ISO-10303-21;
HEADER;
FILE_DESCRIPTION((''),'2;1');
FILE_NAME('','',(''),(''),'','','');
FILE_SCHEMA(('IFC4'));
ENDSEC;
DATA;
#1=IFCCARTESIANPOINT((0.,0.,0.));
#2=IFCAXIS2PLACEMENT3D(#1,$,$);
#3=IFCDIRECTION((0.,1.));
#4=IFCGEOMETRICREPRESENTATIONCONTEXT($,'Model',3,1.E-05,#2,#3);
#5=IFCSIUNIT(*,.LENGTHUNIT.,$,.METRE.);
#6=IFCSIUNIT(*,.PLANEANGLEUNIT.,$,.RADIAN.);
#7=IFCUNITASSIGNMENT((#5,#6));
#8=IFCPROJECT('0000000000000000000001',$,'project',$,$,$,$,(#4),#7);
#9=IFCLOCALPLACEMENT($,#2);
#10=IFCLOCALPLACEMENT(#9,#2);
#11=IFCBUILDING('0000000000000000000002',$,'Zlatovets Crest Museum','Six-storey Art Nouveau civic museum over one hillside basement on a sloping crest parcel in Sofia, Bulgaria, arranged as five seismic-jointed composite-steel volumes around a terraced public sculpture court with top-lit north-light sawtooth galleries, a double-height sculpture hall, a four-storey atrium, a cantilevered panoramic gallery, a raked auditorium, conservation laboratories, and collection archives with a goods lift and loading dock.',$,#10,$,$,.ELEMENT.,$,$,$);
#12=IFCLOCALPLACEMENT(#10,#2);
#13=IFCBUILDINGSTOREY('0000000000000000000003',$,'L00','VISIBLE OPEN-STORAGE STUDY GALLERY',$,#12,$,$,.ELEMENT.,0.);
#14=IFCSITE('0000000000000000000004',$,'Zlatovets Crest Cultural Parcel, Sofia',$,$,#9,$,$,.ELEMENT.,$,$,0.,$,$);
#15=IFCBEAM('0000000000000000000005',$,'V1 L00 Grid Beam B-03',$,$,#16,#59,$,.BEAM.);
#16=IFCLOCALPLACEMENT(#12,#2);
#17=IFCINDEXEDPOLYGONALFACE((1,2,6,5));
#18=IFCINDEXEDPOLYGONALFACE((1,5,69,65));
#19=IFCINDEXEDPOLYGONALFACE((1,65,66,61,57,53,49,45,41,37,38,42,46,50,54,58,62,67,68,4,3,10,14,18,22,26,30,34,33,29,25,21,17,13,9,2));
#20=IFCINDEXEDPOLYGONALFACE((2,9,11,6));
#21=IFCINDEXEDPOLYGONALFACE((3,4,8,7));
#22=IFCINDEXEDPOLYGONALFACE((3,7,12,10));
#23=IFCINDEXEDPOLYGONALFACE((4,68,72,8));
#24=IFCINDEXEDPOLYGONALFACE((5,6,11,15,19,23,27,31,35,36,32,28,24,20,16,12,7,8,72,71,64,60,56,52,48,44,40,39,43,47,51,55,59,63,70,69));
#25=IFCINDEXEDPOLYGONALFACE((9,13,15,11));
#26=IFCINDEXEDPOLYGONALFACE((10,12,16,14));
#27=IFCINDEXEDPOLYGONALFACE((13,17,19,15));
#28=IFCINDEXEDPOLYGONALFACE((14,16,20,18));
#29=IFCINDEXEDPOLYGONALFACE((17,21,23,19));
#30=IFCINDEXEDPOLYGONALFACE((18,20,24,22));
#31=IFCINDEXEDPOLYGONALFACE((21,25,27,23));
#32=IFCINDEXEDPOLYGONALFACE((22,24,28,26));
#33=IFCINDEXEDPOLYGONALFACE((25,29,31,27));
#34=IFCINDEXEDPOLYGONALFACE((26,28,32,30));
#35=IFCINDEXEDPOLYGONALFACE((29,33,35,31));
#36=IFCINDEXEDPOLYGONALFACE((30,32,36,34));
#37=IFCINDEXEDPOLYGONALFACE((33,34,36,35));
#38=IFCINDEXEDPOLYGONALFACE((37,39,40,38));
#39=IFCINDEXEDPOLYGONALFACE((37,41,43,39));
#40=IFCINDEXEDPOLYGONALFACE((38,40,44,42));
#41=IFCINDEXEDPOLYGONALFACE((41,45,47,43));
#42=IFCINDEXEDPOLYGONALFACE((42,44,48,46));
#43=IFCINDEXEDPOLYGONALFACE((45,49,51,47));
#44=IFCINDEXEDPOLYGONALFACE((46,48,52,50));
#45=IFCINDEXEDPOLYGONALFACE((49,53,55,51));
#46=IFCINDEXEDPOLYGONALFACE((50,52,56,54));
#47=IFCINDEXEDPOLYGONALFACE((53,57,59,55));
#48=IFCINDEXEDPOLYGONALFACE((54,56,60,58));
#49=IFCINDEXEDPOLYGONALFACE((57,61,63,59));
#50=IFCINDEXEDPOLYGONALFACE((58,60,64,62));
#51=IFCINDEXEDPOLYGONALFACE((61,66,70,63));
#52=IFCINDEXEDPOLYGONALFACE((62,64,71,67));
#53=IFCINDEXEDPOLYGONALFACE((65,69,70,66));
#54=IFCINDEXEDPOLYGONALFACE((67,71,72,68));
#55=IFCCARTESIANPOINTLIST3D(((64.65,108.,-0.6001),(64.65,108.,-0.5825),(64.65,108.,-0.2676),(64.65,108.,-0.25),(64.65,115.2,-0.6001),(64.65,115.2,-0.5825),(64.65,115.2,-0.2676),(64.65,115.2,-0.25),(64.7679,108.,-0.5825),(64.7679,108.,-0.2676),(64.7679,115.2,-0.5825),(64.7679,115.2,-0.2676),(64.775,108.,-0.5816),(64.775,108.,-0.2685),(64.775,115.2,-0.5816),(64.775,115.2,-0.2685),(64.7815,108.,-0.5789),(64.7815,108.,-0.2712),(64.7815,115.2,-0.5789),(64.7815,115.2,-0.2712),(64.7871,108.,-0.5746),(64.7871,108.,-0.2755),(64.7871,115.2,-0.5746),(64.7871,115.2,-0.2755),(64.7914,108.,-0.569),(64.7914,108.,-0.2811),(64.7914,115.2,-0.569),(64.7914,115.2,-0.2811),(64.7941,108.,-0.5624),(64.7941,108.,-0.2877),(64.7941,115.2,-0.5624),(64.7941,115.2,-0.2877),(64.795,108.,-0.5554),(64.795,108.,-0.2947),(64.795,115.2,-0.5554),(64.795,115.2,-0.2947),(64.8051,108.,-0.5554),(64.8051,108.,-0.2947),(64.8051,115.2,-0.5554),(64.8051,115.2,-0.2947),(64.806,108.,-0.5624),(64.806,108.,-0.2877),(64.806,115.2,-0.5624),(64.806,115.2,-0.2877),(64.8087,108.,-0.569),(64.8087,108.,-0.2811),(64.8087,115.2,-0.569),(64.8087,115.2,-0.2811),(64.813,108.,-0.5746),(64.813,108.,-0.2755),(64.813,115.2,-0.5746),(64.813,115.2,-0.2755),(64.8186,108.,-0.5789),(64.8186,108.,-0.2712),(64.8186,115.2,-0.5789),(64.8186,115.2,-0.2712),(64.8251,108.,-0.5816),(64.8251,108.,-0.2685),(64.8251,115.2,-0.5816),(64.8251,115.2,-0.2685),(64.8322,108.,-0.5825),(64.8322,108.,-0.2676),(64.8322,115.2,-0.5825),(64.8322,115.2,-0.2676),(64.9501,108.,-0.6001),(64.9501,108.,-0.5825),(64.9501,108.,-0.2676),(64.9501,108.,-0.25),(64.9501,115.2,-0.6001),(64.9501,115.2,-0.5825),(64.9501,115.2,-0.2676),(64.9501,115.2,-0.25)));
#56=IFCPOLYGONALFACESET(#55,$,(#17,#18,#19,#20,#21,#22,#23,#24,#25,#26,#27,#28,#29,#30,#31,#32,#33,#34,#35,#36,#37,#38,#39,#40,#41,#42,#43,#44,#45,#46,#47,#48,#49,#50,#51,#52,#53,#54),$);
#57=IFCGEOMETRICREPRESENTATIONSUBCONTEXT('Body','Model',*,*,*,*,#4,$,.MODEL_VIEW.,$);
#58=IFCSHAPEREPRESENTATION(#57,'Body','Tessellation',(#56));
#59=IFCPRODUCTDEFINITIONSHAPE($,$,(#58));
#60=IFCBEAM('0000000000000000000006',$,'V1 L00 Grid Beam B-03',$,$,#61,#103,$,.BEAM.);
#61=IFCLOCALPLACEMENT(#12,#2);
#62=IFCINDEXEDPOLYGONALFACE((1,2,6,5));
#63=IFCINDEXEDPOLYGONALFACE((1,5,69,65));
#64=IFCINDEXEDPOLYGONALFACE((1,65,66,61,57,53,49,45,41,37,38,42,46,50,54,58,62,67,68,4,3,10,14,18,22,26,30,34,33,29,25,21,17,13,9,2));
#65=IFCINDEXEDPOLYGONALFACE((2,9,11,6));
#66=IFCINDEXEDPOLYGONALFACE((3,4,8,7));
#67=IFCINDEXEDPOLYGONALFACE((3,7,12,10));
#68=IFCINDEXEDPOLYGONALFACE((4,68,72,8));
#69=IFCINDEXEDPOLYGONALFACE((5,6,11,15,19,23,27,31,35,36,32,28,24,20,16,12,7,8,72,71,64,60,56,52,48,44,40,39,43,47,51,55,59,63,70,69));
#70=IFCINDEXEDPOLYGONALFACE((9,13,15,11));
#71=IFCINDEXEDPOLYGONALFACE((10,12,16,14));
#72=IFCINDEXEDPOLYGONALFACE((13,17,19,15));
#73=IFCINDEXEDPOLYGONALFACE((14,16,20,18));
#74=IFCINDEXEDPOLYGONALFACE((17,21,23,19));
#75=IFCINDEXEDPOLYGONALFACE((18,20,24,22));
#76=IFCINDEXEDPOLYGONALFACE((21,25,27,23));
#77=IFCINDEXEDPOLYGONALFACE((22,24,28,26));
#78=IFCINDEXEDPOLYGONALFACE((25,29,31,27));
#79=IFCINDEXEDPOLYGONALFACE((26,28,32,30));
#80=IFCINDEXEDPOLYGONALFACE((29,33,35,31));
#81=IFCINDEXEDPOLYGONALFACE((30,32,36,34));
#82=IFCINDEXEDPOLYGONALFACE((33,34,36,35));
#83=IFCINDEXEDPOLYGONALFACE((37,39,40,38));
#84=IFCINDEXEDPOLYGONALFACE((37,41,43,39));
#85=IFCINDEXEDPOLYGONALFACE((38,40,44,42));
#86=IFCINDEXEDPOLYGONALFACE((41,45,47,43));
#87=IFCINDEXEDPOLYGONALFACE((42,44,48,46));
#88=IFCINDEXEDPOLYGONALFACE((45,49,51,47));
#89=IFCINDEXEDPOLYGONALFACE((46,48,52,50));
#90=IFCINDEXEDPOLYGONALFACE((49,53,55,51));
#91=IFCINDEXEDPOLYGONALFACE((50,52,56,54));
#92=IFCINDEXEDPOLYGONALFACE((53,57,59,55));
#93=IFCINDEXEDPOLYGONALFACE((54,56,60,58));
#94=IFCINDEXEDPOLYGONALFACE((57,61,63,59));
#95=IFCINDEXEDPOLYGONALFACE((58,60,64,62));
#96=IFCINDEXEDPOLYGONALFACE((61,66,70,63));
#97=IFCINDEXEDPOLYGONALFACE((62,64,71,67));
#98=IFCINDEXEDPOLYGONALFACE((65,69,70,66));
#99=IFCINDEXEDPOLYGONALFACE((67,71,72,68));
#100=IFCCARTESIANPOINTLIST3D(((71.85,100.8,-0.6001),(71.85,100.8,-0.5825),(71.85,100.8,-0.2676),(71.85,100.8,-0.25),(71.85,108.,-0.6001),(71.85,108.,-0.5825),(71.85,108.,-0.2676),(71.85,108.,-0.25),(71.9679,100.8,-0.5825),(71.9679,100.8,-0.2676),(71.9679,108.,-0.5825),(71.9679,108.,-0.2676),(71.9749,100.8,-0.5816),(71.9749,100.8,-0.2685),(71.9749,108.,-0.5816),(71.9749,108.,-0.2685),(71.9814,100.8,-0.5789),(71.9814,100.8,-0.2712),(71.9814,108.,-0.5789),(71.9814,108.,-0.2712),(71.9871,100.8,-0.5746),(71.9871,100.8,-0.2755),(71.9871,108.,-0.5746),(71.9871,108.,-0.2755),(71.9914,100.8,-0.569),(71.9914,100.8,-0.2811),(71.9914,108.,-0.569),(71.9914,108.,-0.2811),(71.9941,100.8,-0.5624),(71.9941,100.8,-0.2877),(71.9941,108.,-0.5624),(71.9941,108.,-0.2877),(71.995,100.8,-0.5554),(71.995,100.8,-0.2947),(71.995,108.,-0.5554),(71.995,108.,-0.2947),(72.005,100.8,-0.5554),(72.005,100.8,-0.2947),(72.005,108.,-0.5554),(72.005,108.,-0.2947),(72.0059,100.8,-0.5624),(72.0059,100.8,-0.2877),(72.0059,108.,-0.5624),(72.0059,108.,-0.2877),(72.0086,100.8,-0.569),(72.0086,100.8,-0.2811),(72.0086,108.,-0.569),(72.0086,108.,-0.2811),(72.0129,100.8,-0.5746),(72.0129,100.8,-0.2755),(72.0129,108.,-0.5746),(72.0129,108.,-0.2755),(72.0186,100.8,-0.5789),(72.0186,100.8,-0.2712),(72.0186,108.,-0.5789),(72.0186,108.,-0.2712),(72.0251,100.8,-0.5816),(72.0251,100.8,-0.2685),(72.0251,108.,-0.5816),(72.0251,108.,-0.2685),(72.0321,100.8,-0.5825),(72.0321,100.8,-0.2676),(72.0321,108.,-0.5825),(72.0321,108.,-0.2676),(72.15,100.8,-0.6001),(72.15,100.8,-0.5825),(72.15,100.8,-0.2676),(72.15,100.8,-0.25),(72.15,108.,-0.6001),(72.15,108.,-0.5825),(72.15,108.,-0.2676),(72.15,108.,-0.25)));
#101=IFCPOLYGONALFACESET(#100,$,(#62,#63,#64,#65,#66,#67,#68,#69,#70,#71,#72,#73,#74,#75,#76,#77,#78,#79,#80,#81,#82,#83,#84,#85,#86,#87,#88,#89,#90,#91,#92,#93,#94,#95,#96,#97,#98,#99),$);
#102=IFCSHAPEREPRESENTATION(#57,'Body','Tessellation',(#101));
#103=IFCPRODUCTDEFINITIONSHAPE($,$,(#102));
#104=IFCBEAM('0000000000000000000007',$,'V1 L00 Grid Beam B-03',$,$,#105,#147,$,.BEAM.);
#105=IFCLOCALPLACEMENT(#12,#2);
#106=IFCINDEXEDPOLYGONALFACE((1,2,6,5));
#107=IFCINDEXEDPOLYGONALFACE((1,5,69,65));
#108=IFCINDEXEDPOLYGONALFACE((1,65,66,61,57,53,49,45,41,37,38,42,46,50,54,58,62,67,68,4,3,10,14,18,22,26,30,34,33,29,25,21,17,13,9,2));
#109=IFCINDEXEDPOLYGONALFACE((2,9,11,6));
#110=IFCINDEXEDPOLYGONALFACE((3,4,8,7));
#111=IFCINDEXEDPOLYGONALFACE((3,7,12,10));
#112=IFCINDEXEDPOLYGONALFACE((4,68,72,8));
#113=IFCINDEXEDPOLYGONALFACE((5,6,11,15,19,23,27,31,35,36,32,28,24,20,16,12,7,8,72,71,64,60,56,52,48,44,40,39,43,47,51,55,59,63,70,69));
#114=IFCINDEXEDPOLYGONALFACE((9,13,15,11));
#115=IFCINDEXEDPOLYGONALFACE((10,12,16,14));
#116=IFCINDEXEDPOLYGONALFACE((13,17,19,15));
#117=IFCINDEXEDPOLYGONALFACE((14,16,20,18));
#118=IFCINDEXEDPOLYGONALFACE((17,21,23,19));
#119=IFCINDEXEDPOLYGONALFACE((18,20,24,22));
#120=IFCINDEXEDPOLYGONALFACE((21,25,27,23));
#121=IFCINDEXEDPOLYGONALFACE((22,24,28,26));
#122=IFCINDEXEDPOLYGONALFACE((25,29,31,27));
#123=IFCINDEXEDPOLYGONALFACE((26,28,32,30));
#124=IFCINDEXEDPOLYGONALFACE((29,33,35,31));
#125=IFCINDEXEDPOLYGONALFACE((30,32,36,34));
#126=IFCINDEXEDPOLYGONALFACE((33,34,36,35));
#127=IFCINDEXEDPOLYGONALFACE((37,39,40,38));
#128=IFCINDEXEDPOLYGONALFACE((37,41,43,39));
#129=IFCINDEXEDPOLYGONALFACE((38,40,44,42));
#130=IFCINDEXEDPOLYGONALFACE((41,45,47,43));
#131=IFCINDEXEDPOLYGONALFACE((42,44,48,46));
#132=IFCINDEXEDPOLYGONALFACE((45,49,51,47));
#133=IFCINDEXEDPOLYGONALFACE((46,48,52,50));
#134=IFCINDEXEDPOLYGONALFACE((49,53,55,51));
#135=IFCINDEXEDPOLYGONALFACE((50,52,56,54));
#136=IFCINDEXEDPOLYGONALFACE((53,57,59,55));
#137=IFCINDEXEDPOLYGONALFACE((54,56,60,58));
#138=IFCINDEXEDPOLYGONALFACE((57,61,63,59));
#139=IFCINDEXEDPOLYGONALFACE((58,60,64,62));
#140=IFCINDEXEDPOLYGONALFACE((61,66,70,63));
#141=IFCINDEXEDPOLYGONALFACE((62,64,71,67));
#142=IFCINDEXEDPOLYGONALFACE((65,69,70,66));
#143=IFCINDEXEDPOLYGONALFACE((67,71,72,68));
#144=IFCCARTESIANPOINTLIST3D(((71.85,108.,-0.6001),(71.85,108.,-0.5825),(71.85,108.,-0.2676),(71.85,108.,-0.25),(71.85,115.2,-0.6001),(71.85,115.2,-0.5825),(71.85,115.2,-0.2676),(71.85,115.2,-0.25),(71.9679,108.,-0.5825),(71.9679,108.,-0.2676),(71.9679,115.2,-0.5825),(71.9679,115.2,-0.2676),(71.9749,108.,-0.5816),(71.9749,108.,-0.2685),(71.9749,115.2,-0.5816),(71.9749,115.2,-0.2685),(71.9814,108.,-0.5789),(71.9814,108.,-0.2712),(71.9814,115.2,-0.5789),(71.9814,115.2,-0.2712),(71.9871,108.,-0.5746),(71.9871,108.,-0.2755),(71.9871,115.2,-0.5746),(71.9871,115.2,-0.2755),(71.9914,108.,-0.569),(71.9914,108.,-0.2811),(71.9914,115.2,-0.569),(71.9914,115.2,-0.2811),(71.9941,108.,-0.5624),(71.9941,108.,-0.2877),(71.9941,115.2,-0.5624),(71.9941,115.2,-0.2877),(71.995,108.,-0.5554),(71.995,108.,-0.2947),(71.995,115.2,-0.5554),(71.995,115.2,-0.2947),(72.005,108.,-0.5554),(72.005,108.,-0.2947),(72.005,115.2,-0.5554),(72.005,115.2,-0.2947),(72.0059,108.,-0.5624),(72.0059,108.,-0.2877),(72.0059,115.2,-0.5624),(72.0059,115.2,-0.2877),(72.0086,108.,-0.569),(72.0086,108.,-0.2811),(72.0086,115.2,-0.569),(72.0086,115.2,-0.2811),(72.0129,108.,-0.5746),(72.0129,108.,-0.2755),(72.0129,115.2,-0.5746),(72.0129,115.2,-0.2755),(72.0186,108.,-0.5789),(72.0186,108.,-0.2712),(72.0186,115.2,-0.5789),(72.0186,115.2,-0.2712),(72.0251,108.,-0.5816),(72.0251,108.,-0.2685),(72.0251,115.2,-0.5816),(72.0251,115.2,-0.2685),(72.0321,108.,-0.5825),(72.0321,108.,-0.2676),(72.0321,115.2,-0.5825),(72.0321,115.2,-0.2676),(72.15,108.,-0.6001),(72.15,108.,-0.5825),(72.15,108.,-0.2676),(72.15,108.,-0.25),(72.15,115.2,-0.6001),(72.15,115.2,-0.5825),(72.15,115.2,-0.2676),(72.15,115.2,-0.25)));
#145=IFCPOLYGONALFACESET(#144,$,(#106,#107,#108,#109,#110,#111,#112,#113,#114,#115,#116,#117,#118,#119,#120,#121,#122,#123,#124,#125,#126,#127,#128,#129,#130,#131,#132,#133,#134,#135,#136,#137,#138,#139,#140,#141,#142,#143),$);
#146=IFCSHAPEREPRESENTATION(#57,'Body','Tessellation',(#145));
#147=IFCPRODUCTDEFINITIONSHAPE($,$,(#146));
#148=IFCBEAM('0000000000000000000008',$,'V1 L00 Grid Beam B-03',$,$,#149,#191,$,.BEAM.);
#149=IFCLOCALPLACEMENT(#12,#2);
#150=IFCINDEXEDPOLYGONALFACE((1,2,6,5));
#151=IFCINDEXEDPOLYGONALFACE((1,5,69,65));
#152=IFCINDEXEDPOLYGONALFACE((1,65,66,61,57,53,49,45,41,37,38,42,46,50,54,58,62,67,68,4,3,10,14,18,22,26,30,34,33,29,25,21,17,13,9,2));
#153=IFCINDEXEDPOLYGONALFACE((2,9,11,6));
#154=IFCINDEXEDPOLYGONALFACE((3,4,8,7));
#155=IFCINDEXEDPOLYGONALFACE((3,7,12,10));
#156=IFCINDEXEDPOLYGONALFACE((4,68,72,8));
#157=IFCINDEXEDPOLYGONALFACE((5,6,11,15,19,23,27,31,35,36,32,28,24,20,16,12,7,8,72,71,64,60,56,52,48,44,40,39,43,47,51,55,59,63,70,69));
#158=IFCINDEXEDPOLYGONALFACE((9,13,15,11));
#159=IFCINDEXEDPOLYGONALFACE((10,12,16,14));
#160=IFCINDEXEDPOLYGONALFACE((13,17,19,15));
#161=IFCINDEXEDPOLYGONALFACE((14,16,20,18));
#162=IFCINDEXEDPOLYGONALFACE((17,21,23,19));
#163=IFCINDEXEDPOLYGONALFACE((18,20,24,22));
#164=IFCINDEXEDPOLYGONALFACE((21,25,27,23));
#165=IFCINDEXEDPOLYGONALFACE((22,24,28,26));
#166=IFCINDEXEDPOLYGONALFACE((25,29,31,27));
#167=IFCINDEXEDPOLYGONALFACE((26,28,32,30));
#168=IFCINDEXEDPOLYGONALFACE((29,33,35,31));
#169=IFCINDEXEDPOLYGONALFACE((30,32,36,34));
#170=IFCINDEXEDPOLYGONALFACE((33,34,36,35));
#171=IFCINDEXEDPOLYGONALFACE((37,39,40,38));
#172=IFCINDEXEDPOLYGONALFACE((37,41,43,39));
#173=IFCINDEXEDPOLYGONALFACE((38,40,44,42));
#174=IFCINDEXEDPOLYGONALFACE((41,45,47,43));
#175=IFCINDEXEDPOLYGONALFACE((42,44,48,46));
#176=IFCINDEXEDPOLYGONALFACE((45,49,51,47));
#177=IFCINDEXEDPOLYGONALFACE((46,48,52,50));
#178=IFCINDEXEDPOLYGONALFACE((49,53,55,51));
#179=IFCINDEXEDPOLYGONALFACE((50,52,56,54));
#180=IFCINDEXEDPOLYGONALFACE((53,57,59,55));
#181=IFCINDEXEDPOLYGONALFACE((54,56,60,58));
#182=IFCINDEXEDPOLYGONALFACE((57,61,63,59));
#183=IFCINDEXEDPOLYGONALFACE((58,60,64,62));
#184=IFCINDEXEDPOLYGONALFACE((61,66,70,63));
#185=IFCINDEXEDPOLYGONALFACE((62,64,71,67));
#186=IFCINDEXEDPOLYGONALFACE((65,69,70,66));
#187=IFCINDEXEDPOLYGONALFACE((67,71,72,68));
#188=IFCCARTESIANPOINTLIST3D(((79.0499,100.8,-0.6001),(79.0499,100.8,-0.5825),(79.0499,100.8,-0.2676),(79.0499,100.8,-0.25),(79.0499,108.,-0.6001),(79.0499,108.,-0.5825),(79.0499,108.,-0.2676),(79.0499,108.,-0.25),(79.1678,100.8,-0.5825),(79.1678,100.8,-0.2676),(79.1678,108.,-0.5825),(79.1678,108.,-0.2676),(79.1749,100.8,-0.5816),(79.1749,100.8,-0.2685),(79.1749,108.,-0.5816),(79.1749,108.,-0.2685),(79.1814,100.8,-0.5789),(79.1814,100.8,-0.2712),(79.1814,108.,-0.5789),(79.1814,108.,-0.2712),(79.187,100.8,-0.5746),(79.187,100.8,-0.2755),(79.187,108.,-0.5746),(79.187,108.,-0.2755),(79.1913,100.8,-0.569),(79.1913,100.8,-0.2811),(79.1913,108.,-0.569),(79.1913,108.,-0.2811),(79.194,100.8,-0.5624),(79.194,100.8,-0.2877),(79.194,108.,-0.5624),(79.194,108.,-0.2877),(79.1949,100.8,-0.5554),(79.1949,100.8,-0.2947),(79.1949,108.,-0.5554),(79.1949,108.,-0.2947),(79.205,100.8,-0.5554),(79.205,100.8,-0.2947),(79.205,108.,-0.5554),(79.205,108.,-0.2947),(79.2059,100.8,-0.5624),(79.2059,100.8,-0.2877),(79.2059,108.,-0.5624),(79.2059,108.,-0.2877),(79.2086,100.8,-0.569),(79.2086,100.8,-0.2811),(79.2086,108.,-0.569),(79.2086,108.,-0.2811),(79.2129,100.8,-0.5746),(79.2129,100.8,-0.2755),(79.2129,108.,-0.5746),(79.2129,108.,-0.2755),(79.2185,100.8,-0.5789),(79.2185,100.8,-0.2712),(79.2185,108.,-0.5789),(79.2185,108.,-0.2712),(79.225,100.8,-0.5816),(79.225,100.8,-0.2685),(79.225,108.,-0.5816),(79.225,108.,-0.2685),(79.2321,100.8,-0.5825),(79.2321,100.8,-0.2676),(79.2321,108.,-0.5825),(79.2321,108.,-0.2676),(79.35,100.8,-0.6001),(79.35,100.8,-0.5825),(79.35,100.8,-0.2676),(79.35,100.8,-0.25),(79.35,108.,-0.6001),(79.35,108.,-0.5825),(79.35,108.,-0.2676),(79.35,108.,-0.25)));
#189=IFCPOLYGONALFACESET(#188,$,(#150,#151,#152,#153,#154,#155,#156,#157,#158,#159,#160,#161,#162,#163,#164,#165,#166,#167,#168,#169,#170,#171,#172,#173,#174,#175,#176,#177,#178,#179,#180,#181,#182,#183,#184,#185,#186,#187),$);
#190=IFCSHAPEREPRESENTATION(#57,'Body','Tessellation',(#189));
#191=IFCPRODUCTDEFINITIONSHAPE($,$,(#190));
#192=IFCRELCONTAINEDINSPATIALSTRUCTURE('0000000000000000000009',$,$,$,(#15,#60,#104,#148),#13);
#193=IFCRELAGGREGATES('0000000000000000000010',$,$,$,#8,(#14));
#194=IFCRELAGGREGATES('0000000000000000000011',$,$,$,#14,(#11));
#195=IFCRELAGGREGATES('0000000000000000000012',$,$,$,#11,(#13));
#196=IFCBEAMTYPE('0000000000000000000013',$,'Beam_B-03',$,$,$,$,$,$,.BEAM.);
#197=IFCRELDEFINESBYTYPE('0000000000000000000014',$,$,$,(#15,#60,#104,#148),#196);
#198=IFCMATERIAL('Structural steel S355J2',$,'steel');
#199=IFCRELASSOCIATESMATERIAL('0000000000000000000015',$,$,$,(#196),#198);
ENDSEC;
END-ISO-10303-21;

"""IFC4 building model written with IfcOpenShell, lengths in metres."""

from ifc_helpers import new_model, si_unit, direction, frame, origin, origin_2d, place, context, subcontext, project, spatial, i_section, extrude, material, material_profile, profile_set, type_object, element, save


model = new_model("IFC4")

# Units and contexts
model_context = context("Model", 3, precision=1e-05, world=origin(), true_north=direction((0.0, 1.0)))
body_context = subcontext(model_context, "Body", "Model", "MODEL_VIEW")
ifc_project = project(units=[si_unit("LENGTHUNIT", "METRE"), si_unit("PLANEANGLEUNIT", "RADIAN")], contexts=[model_context])

# Site, building, storey
site_placement = place(None, origin())
site = spatial("IfcSite", under=ifc_project, at=site_placement, Name="Zlatovets Crest Cultural Parcel, Sofia", CompositionType="ELEMENT", RefElevation=0.0)
building_placement = place(site_placement, origin())
building = spatial("IfcBuilding", under=site, at=building_placement, Name="Zlatovets Crest Museum", Description="Six-storey Art Nouveau civic museum over one hillside basement on a sloping crest parcel in Sofia, Bulgaria, arranged as five seismic-jointed composite-steel volumes around a terraced public sculpture court with top-lit north-light sawtooth galleries, a double-height sculpture hall, a four-storey atrium, a cantilevered panoramic gallery, a raked auditorium, conservation laboratories, and collection archives with a goods lift and loading dock.", CompositionType="ELEMENT")
storey_placement = place(building_placement, origin())
storey = spatial("IfcBuildingStorey", under=building, at=storey_placement, Name="L00", Description="VISIBLE OPEN-STORAGE STUDY GALLERY", CompositionType="ELEMENT", Elevation=0.0)

# Shared definitions
ifc_material_1 = material(Name="Structural steel S355J2", Category="steel")

# Beams
ifc_material_profile_1 = material_profile(ifc_material_1, i_section(OverallWidth=0.3, OverallDepth=0.3501, WebThickness=0.01, FlangeThickness=0.0176, FilletRadius=0.0271, at=origin_2d()), Name="HEA 360")
ifc_profile_set_1 = profile_set([ifc_material_profile_1], Name="Structural steel S355J2")
beam_type_1 = type_object("IfcBeamType", Name="Beam_B-03", PredefinedType="BEAM", material=ifc_profile_set_1)
for number, where, z_axis, x_axis, name in (
    (1, (64.8, 108.0, -0.425), (0.0, 1.0, 0.0), (-1.0, 0.0, 0.0), "V1 L00 Grid Beam B-03"),
    (2, (72.0, 100.8, -0.425), (0.0, 1.0, 0.0), (-1.0, 0.0, 0.0), "V1 L00 Grid Beam B-03"),
    (3, (72.0, 108.0, -0.425), (0.0, 1.0, 0.0), (-1.0, 0.0, 0.0), "V1 L00 Grid Beam B-03"),
    (4, (79.2, 100.8, -0.425), (0.0, 1.0, 0.0), (-1.0, 0.0, 0.0), "V1 L00 Grid Beam B-03"),
):
    element("IfcBeam", number, at=place(storey_placement, frame(where, z_axis=z_axis, x_axis=x_axis)), inside=storey, type_object=beam_type_1, Name=name, PredefinedType="BEAM", context=body_context, shape_type="SweptSolid", body=[
        extrude(i_section(OverallWidth=0.3, OverallDepth=0.3501, WebThickness=0.01, FlangeThickness=0.0176, FilletRadius=0.0271, at=origin_2d()), origin(), (0.0, 0.0, 1.0), 7.2),
    ])

save(model, "model.ifc")
